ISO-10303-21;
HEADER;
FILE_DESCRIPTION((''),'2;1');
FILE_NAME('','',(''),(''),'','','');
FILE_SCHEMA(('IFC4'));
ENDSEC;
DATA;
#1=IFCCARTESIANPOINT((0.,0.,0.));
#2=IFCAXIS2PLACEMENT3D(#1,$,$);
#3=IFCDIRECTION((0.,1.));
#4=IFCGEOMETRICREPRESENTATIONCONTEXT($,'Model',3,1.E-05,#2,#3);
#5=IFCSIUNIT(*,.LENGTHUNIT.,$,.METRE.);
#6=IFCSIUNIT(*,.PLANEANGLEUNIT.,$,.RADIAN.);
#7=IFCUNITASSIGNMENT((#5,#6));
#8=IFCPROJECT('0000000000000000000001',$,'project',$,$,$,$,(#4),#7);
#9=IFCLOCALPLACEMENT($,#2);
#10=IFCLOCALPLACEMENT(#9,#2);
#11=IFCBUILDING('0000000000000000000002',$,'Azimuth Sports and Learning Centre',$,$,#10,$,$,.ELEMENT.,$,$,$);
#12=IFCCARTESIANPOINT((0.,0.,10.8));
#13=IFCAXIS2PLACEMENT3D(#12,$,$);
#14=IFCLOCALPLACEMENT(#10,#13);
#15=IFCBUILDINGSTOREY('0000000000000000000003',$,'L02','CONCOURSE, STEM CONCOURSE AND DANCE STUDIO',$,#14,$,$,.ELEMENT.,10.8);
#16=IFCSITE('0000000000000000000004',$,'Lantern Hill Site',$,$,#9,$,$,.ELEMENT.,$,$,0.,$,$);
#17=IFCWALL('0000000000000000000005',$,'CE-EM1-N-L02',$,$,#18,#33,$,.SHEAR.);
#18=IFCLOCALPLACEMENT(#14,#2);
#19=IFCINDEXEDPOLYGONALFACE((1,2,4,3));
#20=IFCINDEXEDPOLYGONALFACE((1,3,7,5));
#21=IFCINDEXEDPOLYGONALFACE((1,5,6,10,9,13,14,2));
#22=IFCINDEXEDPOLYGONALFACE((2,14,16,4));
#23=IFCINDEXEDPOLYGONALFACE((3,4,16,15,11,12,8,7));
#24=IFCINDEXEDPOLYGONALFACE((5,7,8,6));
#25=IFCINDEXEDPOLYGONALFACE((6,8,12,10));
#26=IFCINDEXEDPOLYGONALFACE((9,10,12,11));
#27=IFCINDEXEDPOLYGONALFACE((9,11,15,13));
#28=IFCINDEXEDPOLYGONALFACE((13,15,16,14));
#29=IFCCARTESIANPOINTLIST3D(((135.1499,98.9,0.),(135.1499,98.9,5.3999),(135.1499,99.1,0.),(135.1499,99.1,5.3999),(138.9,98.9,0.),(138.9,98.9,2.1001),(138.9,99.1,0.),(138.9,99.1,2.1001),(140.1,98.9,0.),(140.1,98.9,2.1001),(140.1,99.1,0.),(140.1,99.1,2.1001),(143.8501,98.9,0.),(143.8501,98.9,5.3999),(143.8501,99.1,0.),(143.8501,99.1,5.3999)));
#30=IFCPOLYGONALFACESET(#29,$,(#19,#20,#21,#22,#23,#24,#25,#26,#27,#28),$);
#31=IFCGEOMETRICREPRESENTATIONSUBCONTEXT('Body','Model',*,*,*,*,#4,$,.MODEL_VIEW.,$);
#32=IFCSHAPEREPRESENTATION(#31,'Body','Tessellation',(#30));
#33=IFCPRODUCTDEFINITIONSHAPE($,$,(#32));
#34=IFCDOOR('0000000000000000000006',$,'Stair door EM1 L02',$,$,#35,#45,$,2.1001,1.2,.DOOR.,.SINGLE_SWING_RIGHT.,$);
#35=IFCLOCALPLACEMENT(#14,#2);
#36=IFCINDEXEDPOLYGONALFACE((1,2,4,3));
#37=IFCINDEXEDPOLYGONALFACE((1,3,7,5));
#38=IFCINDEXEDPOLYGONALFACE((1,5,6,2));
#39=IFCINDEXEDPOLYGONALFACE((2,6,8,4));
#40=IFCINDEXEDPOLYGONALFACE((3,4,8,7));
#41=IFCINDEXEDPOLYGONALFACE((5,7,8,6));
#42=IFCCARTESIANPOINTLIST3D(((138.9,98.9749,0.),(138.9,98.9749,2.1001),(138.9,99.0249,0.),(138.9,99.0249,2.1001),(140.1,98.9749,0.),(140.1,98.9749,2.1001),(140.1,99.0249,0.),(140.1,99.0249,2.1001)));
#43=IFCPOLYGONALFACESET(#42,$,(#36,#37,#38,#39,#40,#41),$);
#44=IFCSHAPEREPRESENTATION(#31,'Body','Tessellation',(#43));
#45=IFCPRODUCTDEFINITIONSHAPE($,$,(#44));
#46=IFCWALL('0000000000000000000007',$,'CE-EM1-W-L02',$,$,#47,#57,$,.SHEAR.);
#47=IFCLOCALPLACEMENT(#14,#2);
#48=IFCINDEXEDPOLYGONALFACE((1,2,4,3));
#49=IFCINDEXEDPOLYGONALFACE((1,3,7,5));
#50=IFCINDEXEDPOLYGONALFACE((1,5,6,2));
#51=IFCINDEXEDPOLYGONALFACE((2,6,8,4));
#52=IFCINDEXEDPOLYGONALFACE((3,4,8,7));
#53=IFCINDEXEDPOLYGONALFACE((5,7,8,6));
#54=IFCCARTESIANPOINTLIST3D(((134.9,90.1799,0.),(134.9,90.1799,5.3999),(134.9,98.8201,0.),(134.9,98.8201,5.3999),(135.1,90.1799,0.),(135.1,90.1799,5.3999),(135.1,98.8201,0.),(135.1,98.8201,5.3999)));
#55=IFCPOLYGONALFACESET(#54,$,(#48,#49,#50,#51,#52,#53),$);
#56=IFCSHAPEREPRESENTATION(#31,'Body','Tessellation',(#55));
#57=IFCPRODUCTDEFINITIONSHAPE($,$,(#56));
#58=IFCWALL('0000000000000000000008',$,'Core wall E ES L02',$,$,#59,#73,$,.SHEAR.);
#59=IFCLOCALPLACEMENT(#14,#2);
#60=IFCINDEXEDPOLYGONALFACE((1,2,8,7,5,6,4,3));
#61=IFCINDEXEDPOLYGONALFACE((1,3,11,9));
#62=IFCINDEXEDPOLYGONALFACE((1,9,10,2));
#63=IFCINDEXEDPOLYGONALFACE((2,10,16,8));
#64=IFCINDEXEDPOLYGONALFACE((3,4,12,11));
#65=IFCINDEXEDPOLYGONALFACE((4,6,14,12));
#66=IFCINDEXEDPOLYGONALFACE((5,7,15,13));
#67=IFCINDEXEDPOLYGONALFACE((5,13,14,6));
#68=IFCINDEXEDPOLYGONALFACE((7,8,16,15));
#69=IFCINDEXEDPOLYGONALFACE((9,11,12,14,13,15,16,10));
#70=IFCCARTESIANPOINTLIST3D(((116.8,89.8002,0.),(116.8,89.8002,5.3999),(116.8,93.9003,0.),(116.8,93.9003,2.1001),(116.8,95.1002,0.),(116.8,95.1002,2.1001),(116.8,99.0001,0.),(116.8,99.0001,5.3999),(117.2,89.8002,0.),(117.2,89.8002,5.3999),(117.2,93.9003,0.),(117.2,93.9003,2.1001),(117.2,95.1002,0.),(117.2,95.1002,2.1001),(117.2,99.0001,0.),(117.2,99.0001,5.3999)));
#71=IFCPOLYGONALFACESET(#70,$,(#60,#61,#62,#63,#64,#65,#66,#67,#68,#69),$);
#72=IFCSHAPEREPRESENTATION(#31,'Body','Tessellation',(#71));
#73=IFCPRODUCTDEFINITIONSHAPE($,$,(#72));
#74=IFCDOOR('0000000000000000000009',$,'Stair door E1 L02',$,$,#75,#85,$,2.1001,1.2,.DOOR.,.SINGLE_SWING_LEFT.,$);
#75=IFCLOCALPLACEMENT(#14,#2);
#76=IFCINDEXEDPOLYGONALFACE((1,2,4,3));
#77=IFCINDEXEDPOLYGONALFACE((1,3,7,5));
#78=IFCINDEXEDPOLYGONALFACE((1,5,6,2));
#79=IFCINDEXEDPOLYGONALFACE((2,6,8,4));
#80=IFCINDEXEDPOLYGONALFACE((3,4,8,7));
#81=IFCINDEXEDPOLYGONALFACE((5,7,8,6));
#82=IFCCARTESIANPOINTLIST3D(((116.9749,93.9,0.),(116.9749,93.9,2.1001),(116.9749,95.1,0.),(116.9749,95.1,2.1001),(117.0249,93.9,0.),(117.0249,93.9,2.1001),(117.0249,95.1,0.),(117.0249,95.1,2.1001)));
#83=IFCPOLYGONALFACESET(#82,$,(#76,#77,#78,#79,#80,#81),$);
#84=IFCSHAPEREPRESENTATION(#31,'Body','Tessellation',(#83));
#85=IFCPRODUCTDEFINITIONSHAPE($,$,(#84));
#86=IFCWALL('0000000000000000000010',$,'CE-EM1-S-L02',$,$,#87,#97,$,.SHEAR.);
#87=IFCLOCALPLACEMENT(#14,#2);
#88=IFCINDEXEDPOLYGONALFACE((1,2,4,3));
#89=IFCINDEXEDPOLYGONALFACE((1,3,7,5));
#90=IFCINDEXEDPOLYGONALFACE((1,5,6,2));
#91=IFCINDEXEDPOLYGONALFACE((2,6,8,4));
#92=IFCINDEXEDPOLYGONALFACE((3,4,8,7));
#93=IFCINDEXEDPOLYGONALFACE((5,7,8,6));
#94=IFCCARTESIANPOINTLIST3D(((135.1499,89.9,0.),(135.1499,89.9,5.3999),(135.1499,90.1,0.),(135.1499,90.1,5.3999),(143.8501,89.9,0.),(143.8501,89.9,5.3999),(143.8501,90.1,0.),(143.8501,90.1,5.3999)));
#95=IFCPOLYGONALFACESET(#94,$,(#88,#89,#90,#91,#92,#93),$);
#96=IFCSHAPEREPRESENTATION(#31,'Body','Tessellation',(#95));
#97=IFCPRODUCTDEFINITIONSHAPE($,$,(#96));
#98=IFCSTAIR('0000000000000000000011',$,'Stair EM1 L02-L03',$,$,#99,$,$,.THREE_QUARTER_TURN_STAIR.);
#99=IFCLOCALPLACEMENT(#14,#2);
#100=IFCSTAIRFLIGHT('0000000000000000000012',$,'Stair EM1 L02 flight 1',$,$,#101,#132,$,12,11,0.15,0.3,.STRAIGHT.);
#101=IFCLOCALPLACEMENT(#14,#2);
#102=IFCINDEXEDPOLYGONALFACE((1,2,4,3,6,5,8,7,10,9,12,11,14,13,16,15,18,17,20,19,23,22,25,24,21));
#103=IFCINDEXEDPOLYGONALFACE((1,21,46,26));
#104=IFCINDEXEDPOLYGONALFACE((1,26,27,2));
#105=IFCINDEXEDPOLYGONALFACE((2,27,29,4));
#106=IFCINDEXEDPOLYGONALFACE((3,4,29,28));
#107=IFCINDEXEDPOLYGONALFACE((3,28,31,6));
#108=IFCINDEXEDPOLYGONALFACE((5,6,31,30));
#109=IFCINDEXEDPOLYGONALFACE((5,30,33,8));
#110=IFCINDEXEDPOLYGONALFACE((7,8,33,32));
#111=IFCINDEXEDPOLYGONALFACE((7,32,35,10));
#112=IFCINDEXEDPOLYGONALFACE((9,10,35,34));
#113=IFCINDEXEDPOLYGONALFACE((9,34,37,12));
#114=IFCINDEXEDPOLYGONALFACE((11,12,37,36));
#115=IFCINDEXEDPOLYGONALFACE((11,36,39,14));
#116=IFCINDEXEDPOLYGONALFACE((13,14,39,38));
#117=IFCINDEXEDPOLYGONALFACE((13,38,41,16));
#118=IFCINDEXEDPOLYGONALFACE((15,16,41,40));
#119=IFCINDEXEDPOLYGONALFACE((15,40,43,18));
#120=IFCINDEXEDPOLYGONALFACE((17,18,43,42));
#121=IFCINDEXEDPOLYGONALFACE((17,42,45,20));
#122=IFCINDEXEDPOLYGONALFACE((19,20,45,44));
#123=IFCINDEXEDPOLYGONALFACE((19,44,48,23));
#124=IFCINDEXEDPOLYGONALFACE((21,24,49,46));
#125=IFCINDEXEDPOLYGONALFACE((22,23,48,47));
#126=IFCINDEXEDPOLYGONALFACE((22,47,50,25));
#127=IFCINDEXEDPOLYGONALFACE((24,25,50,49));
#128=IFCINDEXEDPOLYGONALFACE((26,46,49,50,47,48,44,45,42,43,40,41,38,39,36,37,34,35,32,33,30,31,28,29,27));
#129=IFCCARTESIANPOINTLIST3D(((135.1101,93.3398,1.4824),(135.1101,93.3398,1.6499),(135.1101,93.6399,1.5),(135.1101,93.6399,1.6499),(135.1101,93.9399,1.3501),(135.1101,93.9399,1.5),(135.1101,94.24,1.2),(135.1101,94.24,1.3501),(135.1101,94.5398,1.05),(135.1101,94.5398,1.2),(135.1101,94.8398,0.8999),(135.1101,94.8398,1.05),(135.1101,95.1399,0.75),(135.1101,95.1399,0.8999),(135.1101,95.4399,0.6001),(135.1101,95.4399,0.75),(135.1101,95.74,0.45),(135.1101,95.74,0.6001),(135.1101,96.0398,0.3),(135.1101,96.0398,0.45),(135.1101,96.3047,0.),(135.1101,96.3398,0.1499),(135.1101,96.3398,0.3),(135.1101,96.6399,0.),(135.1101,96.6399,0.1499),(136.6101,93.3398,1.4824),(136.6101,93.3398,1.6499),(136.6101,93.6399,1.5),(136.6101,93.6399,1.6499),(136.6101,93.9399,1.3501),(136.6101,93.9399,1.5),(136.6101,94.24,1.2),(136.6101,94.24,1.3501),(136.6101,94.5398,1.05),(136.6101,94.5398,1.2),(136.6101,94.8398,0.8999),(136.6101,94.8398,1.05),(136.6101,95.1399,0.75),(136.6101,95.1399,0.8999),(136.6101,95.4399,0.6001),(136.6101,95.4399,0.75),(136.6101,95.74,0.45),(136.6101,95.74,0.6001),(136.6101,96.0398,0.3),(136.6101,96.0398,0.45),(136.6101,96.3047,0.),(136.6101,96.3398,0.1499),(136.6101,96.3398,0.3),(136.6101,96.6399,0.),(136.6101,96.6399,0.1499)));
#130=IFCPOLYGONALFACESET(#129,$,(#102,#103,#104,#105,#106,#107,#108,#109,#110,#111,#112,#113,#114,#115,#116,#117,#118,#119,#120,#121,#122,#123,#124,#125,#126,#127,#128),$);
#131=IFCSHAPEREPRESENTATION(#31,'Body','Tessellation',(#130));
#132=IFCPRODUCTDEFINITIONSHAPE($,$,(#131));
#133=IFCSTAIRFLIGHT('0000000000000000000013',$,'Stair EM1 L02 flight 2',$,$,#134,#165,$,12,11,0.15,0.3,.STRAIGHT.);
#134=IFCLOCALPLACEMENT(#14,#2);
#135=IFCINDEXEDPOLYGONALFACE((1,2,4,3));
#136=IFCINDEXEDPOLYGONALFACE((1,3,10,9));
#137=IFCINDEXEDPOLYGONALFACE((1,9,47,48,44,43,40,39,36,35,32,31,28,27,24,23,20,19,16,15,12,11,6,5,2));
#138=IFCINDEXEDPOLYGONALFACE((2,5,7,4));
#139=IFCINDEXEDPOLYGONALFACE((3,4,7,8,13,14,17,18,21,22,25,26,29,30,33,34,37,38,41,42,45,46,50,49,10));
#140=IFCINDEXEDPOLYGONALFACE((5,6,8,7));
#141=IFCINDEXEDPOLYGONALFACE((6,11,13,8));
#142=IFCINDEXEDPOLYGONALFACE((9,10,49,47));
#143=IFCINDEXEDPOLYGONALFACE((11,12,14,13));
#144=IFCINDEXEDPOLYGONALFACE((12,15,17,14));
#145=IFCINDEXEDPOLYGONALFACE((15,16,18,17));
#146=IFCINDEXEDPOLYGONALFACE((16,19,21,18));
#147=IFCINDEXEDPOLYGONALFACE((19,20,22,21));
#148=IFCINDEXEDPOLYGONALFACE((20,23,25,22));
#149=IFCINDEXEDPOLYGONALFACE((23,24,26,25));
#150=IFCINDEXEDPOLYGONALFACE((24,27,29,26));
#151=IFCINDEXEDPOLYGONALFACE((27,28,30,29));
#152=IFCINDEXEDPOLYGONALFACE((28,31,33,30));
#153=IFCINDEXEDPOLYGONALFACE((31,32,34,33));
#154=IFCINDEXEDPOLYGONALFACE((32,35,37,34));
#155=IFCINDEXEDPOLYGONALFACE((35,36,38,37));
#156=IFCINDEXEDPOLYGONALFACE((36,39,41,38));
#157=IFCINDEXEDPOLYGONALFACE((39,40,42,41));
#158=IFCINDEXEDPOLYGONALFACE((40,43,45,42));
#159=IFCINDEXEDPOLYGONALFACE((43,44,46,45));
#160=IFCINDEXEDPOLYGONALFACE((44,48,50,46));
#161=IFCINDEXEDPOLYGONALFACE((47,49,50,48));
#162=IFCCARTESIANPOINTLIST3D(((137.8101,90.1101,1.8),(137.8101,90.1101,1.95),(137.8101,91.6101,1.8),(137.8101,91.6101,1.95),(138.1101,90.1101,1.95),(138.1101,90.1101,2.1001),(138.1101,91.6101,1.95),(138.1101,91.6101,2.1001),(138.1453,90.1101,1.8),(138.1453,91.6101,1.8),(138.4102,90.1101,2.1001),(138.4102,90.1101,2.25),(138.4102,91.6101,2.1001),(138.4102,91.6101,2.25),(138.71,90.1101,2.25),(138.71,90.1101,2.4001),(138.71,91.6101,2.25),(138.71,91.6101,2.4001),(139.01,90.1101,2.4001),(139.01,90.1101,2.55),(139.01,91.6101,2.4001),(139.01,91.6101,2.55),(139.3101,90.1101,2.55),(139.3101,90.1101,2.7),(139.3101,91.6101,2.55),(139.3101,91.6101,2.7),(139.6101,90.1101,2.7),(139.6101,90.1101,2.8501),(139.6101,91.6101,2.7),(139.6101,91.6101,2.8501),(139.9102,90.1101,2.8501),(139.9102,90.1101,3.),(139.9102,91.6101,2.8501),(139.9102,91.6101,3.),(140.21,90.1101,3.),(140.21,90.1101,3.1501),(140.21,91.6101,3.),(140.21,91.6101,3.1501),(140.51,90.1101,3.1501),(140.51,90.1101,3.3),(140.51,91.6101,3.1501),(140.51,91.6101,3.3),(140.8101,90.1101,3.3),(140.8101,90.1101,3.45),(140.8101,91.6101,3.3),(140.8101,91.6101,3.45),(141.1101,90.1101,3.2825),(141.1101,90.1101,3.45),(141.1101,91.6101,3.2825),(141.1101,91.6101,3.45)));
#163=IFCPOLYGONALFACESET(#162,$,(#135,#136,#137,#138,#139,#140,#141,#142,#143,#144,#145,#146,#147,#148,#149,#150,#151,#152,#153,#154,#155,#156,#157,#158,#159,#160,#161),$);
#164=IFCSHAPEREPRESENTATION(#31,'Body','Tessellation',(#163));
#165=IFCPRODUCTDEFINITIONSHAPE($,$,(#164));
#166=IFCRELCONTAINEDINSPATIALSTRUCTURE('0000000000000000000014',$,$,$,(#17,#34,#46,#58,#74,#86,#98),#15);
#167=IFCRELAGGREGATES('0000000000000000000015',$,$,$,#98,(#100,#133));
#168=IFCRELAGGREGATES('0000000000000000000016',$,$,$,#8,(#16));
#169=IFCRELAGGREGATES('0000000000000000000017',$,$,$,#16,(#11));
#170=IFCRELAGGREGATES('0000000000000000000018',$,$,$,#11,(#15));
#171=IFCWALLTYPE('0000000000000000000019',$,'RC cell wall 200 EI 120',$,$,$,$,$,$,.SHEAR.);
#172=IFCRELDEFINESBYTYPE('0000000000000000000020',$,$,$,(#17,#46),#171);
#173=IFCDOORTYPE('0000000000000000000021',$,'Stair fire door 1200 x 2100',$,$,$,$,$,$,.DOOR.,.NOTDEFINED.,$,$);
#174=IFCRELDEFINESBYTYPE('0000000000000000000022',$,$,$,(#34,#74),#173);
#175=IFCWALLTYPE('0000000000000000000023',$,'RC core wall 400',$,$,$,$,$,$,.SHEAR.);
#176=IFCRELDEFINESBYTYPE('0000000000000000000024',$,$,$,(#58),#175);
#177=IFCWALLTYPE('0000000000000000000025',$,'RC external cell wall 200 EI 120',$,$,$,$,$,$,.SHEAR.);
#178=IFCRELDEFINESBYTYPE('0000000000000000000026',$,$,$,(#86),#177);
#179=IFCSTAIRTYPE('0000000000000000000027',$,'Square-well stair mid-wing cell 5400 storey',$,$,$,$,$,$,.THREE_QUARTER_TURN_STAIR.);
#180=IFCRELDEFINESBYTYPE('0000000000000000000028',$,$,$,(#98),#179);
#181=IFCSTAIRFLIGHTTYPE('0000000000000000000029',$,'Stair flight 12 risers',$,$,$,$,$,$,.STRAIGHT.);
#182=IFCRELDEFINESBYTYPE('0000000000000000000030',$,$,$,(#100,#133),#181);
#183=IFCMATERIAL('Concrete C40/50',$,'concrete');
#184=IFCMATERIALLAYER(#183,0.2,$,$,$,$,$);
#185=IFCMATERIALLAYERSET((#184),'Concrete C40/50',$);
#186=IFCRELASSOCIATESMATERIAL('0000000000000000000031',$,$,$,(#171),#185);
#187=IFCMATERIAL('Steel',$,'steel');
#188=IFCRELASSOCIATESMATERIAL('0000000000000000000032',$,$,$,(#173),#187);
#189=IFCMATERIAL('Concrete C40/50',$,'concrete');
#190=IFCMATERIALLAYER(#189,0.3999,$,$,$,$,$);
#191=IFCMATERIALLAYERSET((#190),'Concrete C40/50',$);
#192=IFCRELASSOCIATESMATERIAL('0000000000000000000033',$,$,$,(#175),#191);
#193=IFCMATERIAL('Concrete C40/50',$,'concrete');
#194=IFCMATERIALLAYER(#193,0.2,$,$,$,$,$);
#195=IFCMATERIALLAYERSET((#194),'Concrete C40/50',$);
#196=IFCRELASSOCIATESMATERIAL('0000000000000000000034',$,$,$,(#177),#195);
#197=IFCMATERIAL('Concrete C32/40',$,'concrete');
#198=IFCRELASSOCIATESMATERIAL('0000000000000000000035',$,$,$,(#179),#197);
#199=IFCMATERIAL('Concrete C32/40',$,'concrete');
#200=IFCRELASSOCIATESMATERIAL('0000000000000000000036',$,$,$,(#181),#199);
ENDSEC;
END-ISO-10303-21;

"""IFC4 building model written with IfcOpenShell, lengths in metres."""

from ifc_helpers import new_model, si_unit, direction, frame, frame_2d, origin, place, context, subcontext, project, spatial, polyline, rectangle, outline, extrude, material, layer, layer_set, type_object, element, fill, aggregate, save


model = new_model("IFC4")

# Units and contexts
model_context = context("Model", 3, precision=1e-05, world=origin(), true_north=direction((0.0, 1.0)))
body_context = subcontext(model_context, "Body", "Model", "MODEL_VIEW")
ifc_project = project(units=[si_unit("LENGTHUNIT", "METRE"), si_unit("PLANEANGLEUNIT", "RADIAN")], contexts=[model_context])

# Site, building, storey
site_placement = place(None, origin())
site = spatial("IfcSite", under=ifc_project, at=site_placement, Name="Lantern Hill Site", CompositionType="ELEMENT", RefElevation=0.0)
building_placement = place(site_placement, origin())
building = spatial("IfcBuilding", under=site, at=building_placement, Name="Azimuth Sports and Learning Centre", CompositionType="ELEMENT")
storey_placement = place(building_placement, frame((0.0, 0.0, 10.8)))
storey = spatial("IfcBuildingStorey", under=building, at=storey_placement, Name="L02", Description="CONCOURSE, STEM CONCOURSE AND DANCE STUDIO", CompositionType="ELEMENT", Elevation=10.8)

# Wall, opening, door
ifc_material_1 = material(Name="Concrete C40/50", Category="concrete")
ifc_layer_1 = layer(ifc_material_1, 0.2)
ifc_layer_set_1 = layer_set([ifc_layer_1], Name="Concrete C40/50")
wall_type_1 = type_object("IfcWallType", Name="RC cell wall 200 EI 120", PredefinedType="SHEAR", material=ifc_layer_set_1)
wall_1_placement = place(storey_placement, frame((135.1499, 99.0, 0.0), z_axis=(0.0, 0.0, 1.0), x_axis=(1.0, 0.0, 0.0)))
wall_1 = element("IfcWall", 1, at=wall_1_placement, inside=storey, type_object=wall_type_1, Name="CE-EM1-N-L02", PredefinedType="SHEAR", context=body_context, shape_type="SweptSolid", body=[
    extrude(rectangle(XDim=8.7002, YDim=0.2, at=frame_2d((4.3501, 0.0))), origin(), (0.0, 0.0, 1.0), 5.3999),
])
opening_1_placement = place(wall_1_placement, frame((3.75, 0.0, 0.0)))
opening_1 = element("IfcOpeningElement", 2, at=opening_1_placement, cuts=wall_1, PredefinedType="OPENING", context=body_context, shape_type="SweptSolid", body=[
    extrude(rectangle(XDim=1.2, YDim=2.1001, at=frame_2d((0.6001, 1.05))), frame((0.0, 0.1108, 0.0), z_axis=(0.0, -1.0, 0.0), x_axis=(1.0, 0.0, 0.0)), (0.0, 0.0, 1.0), 0.2219),
])
ifc_material_2 = material(Name="Steel", Category="steel")
door_type_1 = type_object("IfcDoorType", Name="Stair fire door 1200 x 2100", OperationType="NOTDEFINED", PredefinedType="DOOR", material=ifc_material_2)
door_1_placement = place(opening_1_placement, origin())
door_1 = element("IfcDoor", 3, at=door_1_placement, inside=storey, type_object=door_type_1, Name="Stair door EM1 L02", OperationType="SINGLE_SWING_RIGHT", OverallHeight=2.1001, OverallWidth=1.2, PredefinedType="DOOR", context=body_context, shape_type="SweptSolid", body=[
    extrude(rectangle(XDim=1.2, YDim=2.1001, at=frame_2d((0.6001, 1.05))), frame((0.0, 0.0249, 0.0), z_axis=(0.0, -1.0, 0.0), x_axis=(1.0, 0.0, 0.0)), (0.0, 0.0, 1.0), 0.05),
])
fill(opening_1, door_1)

# Wall
wall_2_placement = place(storey_placement, frame((135.0, 90.1799, 0.0), z_axis=(0.0, 0.0, 1.0), x_axis=(0.0, 1.0, 0.0)))
element("IfcWall", 4, at=wall_2_placement, inside=storey, type_object=wall_type_1, Name="CE-EM1-W-L02", PredefinedType="SHEAR", context=body_context, shape_type="SweptSolid", body=[
    extrude(rectangle(XDim=8.6401, YDim=0.2, at=frame_2d((4.3201, 0.0))), origin(), (0.0, 0.0, 1.0), 5.3999),
])

# Wall, opening, door
ifc_material_3 = material(Name="Concrete C40/50", Category="concrete")
ifc_layer_2 = layer(ifc_material_3, 0.3999)
ifc_layer_set_2 = layer_set([ifc_layer_2], Name="Concrete C40/50")
wall_type_2 = type_object("IfcWallType", Name="RC core wall 400", PredefinedType="SHEAR", material=ifc_layer_set_2)
wall_3_placement = place(storey_placement, frame((117.0, 89.8, 0.0), z_axis=(0.0, 0.0, 1.0), x_axis=(0.0, 1.0, 0.0)))
wall_3 = element("IfcWall", 5, at=wall_3_placement, inside=storey, type_object=wall_type_2, Name="Core wall E ES L02", PredefinedType="SHEAR", context=body_context, shape_type="SweptSolid", body=[
    extrude(rectangle(XDim=9.2, YDim=0.3999, at=frame_2d((4.6001, 0.0))), origin(), (0.0, 0.0, 1.0), 5.3999),
])
opening_2_placement = place(wall_3_placement, frame((4.1001, 0.0, 0.0)))
opening_2 = element("IfcOpeningElement", 6, at=opening_2_placement, cuts=wall_3, PredefinedType="OPENING", context=body_context, shape_type="SweptSolid", body=[
    extrude(rectangle(XDim=1.2, YDim=2.1001, at=frame_2d((0.6001, 1.05))), frame((0.0, 0.2109, 0.0), z_axis=(0.0, -1.0, 0.0), x_axis=(1.0, 0.0, 0.0)), (0.0, 0.0, 1.0), 0.4219),
])
door_2_placement = place(opening_2_placement, frame((1.2, 0.0, 0.0), z_axis=(0.0, 0.0, 1.0), x_axis=(-1.0, 0.0, 0.0)))
door_2 = element("IfcDoor", 7, at=door_2_placement, inside=storey, type_object=door_type_1, Name="Stair door E1 L02", OperationType="SINGLE_SWING_LEFT", OverallHeight=2.1001, OverallWidth=1.2, PredefinedType="DOOR", context=body_context, shape_type="SweptSolid", body=[
    extrude(rectangle(XDim=1.2, YDim=2.1001, at=frame_2d((0.6001, 1.05))), frame((0.0, 0.0249, 0.0), z_axis=(0.0, -1.0, 0.0), x_axis=(1.0, 0.0, 0.0)), (0.0, 0.0, 1.0), 0.05),
])
fill(opening_2, door_2)

# Wall
ifc_material_4 = material(Name="Concrete C40/50", Category="concrete")
ifc_layer_3 = layer(ifc_material_4, 0.2)
ifc_layer_set_3 = layer_set([ifc_layer_3], Name="Concrete C40/50")
wall_type_3 = type_object("IfcWallType", Name="RC external cell wall 200 EI 120", PredefinedType="SHEAR", material=ifc_layer_set_3)
wall_4_placement = place(storey_placement, frame((135.1499, 90.0, 0.0), z_axis=(0.0, 0.0, 1.0), x_axis=(1.0, 0.0, 0.0)))
element("IfcWall", 8, at=wall_4_placement, inside=storey, type_object=wall_type_3, Name="CE-EM1-S-L02", PredefinedType="SHEAR", context=body_context, shape_type="SweptSolid", body=[
    extrude(rectangle(XDim=8.7002, YDim=0.2, at=frame_2d((4.3501, 0.0))), origin(), (0.0, 0.0, 1.0), 5.3999),
])

# Stair, stair flights
ifc_material_5 = material(Name="Concrete C32/40", Category="concrete")
stair_type = type_object("IfcStairType", Name="Square-well stair mid-wing cell 5400 storey", PredefinedType="THREE_QUARTER_TURN_STAIR", material=ifc_material_5)
stair_placement = place(storey_placement, origin())
stair = element("IfcStair", 9, at=stair_placement, inside=storey, type_object=stair_type, Name="Stair EM1 L02-L03", PredefinedType="THREE_QUARTER_TURN_STAIR")
ifc_material_6 = material(Name="Concrete C32/40", Category="concrete")
stair_flight_type = type_object("IfcStairFlightType", Name="Stair flight 12 risers", PredefinedType="STRAIGHT", material=ifc_material_6)
stair_flight_1_placement = place(storey_placement, frame((135.8601, 96.6399, 0.0), z_axis=(0.0, 0.0, 1.0), x_axis=(0.0, -1.0, 0.0)))
stair_flight_1 = element("IfcStairFlight", 10, at=stair_flight_1_placement, type_object=stair_flight_type, Name="Stair EM1 L02 flight 1", NumberOfRisers=12, NumberOfTreads=11, PredefinedType="STRAIGHT", RiserHeight=0.15, TreadLength=0.3, context=body_context, shape_type="SweptSolid", body=[
    extrude(outline(polyline([(0.0, 0.0), (0.0, 0.1499), (0.3, 0.1499), (0.3, 0.3), (0.6001, 0.3), (0.6001, 0.45), (0.8999, 0.45), (0.8999, 0.6001), (1.2, 0.6001), (1.2, 0.75), (1.5, 0.75), (1.5, 0.8999), (1.8, 0.8999), (1.8, 1.05), (2.1001, 1.05), (2.1001, 1.2), (2.3999, 1.2), (2.3999, 1.3501), (2.7, 1.3501), (2.7, 1.5), (3.0, 1.5), (3.0, 1.6499), (3.3, 1.6499), (3.3, 1.8), (3.3, 1.4824), (0.3352, 0.0), (0.0, 0.0)])), frame((0.0, 0.75, 0.0), z_axis=(0.0, -1.0, 0.0), x_axis=(1.0, 0.0, 0.0)), (0.0, 0.0, 1.0), 1.5),
])
stair_flight_2_placement = place(storey_placement, frame((137.8101, 90.8601, 1.8), z_axis=(0.0, 0.0, 1.0), x_axis=(1.0, 0.0, 0.0)))
stair_flight_2 = element("IfcStairFlight", 11, at=stair_flight_2_placement, type_object=stair_flight_type, Name="Stair EM1 L02 flight 2", NumberOfRisers=12, NumberOfTreads=11, PredefinedType="STRAIGHT", RiserHeight=0.15, TreadLength=0.3, context=body_context, shape_type="SweptSolid", body=[
    extrude(outline(polyline([(0.0, 0.0), (0.0, 0.1499), (0.3, 0.1499), (0.3, 0.3), (0.6001, 0.3), (0.6001, 0.45), (0.8999, 0.45), (0.8999, 0.6001), (1.2, 0.6001), (1.2, 0.75), (1.5, 0.75), (1.5, 0.8999), (1.8, 0.8999), (1.8, 1.05), (2.1001, 1.05), (2.1001, 1.2), (2.3999, 1.2), (2.3999, 1.3501), (2.7, 1.3501), (2.7, 1.5), (3.0, 1.5), (3.0, 1.6499), (3.3, 1.6499), (3.3, 1.8), (3.3, 1.4824), (0.3352, 0.0), (0.0, 0.0)])), frame((0.0, 0.75, 0.0), z_axis=(0.0, -1.0, 0.0), x_axis=(1.0, 0.0, 0.0)), (0.0, 0.0, 1.0), 1.5),
])
aggregate(stair, [stair_flight_1, stair_flight_2])

save(model, "model.ifc")
